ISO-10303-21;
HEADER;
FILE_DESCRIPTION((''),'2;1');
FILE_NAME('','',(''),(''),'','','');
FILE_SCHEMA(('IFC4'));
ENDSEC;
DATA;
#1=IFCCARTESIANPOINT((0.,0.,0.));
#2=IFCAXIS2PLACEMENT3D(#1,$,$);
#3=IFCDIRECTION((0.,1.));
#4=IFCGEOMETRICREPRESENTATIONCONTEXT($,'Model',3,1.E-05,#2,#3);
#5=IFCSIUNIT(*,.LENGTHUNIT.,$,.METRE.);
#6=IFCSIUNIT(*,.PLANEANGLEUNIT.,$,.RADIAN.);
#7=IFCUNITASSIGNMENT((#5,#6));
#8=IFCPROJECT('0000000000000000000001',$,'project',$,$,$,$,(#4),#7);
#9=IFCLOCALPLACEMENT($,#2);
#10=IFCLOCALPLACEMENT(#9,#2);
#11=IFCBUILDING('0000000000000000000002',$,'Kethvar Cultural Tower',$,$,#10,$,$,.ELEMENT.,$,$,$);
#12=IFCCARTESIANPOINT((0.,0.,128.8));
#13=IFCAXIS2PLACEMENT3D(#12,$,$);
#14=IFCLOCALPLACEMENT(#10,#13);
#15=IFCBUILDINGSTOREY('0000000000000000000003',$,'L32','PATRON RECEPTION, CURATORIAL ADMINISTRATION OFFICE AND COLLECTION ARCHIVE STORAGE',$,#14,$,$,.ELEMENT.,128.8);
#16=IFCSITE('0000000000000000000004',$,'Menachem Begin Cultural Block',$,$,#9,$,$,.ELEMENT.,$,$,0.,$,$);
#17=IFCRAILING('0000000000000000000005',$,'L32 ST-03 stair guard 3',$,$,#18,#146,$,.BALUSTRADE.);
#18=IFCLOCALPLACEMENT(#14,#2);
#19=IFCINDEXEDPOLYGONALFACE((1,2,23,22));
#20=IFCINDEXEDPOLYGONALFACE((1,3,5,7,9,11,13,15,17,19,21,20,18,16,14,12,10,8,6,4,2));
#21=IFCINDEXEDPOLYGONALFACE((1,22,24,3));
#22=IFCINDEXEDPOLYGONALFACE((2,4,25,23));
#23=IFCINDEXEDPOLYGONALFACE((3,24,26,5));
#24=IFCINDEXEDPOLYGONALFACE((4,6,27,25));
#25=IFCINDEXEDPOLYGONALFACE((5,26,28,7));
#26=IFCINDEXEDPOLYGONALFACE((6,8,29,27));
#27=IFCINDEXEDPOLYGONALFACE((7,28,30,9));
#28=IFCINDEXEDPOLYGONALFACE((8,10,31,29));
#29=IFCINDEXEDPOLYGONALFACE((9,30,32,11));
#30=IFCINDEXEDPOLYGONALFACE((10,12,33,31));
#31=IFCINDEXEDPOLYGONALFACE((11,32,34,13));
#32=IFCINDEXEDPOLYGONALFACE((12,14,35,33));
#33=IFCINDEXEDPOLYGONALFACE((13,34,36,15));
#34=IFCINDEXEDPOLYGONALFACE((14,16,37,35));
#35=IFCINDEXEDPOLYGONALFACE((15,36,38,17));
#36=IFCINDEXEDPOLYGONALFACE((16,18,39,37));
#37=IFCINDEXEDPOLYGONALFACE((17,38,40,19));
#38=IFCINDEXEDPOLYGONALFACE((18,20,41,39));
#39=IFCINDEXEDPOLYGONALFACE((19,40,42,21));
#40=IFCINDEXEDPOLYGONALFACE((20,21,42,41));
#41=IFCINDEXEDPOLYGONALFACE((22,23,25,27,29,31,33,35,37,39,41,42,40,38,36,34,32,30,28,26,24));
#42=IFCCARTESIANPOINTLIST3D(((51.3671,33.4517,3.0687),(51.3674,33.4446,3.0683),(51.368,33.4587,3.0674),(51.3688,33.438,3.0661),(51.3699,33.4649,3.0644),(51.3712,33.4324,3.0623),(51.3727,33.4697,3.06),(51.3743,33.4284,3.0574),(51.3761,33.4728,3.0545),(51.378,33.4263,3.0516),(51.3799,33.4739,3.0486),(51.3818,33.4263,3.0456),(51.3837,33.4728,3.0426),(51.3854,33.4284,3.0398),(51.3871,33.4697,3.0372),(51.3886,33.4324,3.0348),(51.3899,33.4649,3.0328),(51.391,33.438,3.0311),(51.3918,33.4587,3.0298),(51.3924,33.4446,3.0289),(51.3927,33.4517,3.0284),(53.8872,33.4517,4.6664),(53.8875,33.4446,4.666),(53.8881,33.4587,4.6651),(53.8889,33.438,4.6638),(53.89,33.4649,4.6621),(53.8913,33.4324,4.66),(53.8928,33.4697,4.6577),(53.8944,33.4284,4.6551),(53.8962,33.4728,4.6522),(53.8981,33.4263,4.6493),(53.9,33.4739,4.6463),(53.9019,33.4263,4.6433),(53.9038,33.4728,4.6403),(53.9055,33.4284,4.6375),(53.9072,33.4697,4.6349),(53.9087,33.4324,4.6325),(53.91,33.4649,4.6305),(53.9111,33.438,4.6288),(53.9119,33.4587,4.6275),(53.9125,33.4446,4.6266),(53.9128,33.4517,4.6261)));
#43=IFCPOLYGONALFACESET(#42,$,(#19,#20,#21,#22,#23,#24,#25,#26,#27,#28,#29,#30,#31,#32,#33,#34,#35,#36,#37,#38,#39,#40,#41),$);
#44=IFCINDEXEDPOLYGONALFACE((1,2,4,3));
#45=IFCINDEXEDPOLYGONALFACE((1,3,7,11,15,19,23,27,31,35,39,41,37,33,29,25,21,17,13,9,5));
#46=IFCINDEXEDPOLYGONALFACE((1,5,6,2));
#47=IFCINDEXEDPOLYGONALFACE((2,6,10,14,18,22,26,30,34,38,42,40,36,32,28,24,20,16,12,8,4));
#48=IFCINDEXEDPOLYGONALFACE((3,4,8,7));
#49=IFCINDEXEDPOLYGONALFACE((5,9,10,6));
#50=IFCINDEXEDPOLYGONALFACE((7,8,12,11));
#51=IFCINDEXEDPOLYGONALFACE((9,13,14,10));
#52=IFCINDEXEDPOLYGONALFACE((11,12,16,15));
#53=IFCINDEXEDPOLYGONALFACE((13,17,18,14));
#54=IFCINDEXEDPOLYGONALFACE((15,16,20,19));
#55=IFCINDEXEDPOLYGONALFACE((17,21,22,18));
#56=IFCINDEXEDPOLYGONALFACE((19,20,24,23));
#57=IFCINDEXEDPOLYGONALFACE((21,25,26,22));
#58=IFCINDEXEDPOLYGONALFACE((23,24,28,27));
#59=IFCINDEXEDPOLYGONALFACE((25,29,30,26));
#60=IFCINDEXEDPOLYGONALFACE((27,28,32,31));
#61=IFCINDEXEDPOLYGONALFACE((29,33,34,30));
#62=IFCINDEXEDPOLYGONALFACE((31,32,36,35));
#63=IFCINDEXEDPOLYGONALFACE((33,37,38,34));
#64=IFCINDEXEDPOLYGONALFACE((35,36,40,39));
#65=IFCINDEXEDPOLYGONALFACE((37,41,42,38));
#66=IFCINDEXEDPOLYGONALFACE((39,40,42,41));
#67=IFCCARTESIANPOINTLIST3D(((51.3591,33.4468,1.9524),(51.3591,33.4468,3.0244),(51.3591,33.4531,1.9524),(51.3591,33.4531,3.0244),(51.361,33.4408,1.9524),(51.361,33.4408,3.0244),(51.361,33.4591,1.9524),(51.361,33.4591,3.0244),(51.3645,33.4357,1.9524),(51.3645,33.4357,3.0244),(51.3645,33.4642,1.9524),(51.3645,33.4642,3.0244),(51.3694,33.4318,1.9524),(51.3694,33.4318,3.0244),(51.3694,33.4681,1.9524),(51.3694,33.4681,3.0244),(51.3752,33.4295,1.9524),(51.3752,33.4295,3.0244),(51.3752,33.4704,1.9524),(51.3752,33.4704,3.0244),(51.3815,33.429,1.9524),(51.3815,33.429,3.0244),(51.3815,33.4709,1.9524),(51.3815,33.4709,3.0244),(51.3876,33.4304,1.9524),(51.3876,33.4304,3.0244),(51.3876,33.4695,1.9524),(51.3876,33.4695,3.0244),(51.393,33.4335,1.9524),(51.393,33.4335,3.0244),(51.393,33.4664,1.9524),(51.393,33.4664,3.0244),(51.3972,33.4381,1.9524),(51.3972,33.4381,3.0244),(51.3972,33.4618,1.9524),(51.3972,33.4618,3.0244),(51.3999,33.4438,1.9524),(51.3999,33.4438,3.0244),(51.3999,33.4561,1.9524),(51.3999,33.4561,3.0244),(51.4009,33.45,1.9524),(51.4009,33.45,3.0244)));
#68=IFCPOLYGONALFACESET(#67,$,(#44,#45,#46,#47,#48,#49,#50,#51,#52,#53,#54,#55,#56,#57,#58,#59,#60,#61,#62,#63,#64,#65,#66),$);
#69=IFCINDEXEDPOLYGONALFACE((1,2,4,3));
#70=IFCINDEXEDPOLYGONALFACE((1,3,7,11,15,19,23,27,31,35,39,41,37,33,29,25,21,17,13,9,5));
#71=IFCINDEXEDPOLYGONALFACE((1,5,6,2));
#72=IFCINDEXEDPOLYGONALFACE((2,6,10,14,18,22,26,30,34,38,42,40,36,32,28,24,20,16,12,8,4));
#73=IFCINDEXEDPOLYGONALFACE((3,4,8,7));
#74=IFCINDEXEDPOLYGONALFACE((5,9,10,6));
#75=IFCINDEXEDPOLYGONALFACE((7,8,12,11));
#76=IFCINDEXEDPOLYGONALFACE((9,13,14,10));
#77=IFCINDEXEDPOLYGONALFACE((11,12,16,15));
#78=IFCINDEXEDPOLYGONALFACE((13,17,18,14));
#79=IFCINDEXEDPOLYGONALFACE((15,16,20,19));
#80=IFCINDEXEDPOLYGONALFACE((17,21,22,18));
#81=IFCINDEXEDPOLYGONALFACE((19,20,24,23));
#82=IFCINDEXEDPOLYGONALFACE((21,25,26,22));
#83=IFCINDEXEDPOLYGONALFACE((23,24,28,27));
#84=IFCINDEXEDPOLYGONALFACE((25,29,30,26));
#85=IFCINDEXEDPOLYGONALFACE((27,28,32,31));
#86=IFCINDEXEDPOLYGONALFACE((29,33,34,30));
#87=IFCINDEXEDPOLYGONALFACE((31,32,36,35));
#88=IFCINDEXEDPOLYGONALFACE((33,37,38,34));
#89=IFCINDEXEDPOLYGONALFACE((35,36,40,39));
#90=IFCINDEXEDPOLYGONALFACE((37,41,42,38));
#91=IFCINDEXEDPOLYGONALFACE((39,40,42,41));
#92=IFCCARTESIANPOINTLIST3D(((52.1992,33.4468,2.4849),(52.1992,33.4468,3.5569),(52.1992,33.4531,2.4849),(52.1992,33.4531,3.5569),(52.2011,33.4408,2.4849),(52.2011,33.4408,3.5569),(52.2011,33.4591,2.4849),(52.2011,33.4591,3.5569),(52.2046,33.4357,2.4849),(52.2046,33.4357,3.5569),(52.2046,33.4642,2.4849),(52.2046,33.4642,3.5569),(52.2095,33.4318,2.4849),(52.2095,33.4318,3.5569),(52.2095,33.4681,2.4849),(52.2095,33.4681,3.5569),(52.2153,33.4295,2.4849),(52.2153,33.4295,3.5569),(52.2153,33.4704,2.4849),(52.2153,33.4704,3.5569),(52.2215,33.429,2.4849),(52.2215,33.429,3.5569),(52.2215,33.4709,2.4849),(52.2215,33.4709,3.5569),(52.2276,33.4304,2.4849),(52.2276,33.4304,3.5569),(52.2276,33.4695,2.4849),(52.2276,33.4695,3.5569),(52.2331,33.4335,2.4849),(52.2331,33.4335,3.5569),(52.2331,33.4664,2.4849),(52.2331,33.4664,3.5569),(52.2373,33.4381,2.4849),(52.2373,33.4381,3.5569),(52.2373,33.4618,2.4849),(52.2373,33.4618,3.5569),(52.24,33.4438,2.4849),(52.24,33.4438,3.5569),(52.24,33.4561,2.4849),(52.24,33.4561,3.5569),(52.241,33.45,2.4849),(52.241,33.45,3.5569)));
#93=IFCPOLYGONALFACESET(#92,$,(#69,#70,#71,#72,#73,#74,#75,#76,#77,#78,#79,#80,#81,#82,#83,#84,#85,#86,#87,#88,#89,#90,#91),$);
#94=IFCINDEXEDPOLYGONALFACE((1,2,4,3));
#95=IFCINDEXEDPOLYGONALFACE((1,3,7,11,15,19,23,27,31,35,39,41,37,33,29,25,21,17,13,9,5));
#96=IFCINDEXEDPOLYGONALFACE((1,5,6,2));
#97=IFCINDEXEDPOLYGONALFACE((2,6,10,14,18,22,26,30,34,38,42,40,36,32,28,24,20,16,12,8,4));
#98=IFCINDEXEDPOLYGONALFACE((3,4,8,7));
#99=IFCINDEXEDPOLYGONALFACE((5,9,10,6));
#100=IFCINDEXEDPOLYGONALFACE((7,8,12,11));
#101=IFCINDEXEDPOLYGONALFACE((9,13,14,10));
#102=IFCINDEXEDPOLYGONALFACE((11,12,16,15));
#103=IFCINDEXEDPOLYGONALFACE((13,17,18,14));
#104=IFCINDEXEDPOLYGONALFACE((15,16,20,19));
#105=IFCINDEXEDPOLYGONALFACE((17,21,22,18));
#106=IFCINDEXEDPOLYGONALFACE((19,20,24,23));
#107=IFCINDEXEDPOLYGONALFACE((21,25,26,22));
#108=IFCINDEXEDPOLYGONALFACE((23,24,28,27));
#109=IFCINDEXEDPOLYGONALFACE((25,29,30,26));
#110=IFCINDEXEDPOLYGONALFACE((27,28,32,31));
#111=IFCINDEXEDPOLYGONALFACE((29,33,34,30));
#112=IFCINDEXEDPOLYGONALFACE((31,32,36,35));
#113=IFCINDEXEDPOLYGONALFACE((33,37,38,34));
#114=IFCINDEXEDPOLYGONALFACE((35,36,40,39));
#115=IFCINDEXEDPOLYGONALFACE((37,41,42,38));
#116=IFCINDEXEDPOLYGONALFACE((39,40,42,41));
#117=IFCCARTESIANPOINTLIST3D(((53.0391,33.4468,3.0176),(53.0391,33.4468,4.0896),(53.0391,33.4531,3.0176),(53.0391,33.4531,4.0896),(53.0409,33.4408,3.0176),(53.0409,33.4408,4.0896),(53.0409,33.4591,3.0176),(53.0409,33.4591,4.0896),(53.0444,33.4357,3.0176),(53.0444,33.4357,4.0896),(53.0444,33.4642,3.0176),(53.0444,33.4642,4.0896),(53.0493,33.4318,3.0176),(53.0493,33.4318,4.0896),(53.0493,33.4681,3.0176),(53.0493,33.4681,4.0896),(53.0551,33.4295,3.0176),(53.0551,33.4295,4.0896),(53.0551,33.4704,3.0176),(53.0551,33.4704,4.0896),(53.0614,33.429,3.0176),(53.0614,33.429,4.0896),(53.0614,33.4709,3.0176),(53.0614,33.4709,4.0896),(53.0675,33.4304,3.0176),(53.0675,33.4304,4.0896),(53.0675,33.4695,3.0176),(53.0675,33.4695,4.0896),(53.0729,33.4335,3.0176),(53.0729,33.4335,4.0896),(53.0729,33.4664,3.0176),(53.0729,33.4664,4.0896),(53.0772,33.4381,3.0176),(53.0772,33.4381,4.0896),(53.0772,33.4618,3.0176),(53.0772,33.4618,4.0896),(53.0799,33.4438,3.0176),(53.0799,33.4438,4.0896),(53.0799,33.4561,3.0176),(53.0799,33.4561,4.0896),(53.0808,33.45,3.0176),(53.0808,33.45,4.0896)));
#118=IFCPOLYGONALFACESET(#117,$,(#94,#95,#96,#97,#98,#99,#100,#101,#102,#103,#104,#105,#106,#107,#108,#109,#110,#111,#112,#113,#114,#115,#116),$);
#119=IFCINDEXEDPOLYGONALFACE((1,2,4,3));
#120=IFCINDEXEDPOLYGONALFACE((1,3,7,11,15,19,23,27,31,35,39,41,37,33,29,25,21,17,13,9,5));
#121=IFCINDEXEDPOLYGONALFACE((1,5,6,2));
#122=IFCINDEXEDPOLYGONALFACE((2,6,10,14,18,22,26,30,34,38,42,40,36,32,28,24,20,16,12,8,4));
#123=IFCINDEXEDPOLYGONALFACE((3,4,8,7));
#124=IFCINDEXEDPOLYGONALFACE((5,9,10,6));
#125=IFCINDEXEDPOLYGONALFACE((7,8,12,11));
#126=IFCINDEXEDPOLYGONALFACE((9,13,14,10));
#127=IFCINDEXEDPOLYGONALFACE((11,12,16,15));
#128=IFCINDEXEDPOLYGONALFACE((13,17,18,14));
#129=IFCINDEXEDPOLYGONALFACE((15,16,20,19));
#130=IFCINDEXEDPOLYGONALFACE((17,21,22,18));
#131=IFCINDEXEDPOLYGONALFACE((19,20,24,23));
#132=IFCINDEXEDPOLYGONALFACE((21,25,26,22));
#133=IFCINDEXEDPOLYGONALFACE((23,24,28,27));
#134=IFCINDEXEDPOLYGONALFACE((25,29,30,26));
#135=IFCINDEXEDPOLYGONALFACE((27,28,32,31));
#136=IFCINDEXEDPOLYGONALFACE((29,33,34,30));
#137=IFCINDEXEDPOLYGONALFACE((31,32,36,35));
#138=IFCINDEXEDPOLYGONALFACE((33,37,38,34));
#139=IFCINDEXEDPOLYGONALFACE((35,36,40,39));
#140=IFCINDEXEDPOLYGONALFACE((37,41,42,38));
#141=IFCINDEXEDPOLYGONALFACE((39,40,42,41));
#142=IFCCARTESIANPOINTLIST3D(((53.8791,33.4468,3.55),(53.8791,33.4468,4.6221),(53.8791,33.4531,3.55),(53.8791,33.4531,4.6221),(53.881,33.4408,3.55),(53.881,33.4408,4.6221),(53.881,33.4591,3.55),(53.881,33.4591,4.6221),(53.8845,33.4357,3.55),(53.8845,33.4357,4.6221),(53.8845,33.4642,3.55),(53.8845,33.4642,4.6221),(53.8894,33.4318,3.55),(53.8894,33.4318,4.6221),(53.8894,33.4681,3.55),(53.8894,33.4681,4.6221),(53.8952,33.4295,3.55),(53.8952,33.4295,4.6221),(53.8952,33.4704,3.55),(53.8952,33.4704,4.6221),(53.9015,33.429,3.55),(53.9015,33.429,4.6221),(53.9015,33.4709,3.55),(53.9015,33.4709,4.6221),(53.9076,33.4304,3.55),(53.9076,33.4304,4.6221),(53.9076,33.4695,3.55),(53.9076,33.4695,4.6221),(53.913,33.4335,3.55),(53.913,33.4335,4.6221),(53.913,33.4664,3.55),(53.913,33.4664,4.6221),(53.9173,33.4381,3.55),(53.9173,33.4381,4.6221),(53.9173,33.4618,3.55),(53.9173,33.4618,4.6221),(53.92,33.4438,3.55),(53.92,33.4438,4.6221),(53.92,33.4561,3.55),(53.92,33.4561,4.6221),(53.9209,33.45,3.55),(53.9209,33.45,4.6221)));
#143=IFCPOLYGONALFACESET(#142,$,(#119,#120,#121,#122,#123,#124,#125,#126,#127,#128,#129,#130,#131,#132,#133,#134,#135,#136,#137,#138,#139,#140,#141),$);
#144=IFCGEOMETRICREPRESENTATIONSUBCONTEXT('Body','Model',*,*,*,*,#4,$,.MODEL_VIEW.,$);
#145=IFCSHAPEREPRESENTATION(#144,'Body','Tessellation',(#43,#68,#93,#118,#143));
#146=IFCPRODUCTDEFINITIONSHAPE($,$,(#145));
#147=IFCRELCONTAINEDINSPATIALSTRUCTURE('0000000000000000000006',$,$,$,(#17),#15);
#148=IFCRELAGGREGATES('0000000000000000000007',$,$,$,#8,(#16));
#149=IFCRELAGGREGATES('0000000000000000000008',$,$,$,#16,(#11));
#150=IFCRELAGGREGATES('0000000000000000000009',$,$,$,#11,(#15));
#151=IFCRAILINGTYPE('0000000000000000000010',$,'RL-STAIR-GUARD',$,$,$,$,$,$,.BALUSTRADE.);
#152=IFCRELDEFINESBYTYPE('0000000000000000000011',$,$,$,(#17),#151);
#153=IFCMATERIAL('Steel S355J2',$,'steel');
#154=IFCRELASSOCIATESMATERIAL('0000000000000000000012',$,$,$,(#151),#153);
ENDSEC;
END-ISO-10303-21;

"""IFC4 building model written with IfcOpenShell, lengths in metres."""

from ifc_helpers import new_model, si_unit, direction, frame, origin, origin_2d, place, context, subcontext, project, spatial, circle, extrude, material, type_object, element, save


model = new_model("IFC4")

# Units and contexts
model_context = context("Model", 3, precision=1e-05, world=origin(), true_north=direction((0.0, 1.0)))
body_context = subcontext(model_context, "Body", "Model", "MODEL_VIEW")
ifc_project = project(units=[si_unit("LENGTHUNIT", "METRE"), si_unit("PLANEANGLEUNIT", "RADIAN")], contexts=[model_context])

# Site, building, storey
site_placement = place(None, origin())
site = spatial("IfcSite", under=ifc_project, at=site_placement, Name="Menachem Begin Cultural Block", CompositionType="ELEMENT", RefElevation=0.0)
building_placement = place(site_placement, origin())
building = spatial("IfcBuilding", under=site, at=building_placement, Name="Kethvar Cultural Tower", CompositionType="ELEMENT")
storey_placement = place(building_placement, frame((0.0, 0.0, 128.8)))
storey = spatial("IfcBuildingStorey", under=building, at=storey_placement, Name="L32", Description="PATRON RECEPTION, CURATORIAL ADMINISTRATION OFFICE AND COLLECTION ARCHIVE STORAGE", CompositionType="ELEMENT", Elevation=128.8)

# Shared definitions
ifc_material_1 = material(Name="Steel S355J2", Category="steel")

# Railing
railing_type_1 = type_object("IfcRailingType", Name="RL-STAIR-GUARD", PredefinedType="BALUSTRADE", material=ifc_material_1)
railing_1_placement = place(storey_placement, frame((51.3799, 33.45, 1.9524)))
element("IfcRailing", 1, at=railing_1_placement, inside=storey, type_object=railing_type_1, Name="L32 ST-03 stair guard 3", PredefinedType="BALUSTRADE", context=body_context, shape_type="SweptSolid", body=[
    extrude(circle(Radius=0.0239, at=origin_2d()), frame((0.0, 0.0, 1.0962), z_axis=(0.84457, 0.0, 0.535445), x_axis=(0.0, 1.0, 0.0)), (0.0, 0.0, 1.0), 2.9839),
    extrude(circle(Radius=0.021, at=origin_2d()), origin(), (0.0, 0.0, 1.0), 1.072),
    extrude(circle(Radius=0.021, at=origin_2d()), frame((0.8401, 0.0, 0.5325)), (0.0, 0.0, 1.0), 1.072),
    extrude(circle(Radius=0.021, at=origin_2d()), frame((1.6799, 0.0, 1.0652)), (0.0, 0.0, 1.0), 1.072),
    extrude(circle(Radius=0.021, at=origin_2d()), frame((2.52, 0.0, 1.5977)), (0.0, 0.0, 1.0), 1.072),
])

save(model, "model.ifc")
